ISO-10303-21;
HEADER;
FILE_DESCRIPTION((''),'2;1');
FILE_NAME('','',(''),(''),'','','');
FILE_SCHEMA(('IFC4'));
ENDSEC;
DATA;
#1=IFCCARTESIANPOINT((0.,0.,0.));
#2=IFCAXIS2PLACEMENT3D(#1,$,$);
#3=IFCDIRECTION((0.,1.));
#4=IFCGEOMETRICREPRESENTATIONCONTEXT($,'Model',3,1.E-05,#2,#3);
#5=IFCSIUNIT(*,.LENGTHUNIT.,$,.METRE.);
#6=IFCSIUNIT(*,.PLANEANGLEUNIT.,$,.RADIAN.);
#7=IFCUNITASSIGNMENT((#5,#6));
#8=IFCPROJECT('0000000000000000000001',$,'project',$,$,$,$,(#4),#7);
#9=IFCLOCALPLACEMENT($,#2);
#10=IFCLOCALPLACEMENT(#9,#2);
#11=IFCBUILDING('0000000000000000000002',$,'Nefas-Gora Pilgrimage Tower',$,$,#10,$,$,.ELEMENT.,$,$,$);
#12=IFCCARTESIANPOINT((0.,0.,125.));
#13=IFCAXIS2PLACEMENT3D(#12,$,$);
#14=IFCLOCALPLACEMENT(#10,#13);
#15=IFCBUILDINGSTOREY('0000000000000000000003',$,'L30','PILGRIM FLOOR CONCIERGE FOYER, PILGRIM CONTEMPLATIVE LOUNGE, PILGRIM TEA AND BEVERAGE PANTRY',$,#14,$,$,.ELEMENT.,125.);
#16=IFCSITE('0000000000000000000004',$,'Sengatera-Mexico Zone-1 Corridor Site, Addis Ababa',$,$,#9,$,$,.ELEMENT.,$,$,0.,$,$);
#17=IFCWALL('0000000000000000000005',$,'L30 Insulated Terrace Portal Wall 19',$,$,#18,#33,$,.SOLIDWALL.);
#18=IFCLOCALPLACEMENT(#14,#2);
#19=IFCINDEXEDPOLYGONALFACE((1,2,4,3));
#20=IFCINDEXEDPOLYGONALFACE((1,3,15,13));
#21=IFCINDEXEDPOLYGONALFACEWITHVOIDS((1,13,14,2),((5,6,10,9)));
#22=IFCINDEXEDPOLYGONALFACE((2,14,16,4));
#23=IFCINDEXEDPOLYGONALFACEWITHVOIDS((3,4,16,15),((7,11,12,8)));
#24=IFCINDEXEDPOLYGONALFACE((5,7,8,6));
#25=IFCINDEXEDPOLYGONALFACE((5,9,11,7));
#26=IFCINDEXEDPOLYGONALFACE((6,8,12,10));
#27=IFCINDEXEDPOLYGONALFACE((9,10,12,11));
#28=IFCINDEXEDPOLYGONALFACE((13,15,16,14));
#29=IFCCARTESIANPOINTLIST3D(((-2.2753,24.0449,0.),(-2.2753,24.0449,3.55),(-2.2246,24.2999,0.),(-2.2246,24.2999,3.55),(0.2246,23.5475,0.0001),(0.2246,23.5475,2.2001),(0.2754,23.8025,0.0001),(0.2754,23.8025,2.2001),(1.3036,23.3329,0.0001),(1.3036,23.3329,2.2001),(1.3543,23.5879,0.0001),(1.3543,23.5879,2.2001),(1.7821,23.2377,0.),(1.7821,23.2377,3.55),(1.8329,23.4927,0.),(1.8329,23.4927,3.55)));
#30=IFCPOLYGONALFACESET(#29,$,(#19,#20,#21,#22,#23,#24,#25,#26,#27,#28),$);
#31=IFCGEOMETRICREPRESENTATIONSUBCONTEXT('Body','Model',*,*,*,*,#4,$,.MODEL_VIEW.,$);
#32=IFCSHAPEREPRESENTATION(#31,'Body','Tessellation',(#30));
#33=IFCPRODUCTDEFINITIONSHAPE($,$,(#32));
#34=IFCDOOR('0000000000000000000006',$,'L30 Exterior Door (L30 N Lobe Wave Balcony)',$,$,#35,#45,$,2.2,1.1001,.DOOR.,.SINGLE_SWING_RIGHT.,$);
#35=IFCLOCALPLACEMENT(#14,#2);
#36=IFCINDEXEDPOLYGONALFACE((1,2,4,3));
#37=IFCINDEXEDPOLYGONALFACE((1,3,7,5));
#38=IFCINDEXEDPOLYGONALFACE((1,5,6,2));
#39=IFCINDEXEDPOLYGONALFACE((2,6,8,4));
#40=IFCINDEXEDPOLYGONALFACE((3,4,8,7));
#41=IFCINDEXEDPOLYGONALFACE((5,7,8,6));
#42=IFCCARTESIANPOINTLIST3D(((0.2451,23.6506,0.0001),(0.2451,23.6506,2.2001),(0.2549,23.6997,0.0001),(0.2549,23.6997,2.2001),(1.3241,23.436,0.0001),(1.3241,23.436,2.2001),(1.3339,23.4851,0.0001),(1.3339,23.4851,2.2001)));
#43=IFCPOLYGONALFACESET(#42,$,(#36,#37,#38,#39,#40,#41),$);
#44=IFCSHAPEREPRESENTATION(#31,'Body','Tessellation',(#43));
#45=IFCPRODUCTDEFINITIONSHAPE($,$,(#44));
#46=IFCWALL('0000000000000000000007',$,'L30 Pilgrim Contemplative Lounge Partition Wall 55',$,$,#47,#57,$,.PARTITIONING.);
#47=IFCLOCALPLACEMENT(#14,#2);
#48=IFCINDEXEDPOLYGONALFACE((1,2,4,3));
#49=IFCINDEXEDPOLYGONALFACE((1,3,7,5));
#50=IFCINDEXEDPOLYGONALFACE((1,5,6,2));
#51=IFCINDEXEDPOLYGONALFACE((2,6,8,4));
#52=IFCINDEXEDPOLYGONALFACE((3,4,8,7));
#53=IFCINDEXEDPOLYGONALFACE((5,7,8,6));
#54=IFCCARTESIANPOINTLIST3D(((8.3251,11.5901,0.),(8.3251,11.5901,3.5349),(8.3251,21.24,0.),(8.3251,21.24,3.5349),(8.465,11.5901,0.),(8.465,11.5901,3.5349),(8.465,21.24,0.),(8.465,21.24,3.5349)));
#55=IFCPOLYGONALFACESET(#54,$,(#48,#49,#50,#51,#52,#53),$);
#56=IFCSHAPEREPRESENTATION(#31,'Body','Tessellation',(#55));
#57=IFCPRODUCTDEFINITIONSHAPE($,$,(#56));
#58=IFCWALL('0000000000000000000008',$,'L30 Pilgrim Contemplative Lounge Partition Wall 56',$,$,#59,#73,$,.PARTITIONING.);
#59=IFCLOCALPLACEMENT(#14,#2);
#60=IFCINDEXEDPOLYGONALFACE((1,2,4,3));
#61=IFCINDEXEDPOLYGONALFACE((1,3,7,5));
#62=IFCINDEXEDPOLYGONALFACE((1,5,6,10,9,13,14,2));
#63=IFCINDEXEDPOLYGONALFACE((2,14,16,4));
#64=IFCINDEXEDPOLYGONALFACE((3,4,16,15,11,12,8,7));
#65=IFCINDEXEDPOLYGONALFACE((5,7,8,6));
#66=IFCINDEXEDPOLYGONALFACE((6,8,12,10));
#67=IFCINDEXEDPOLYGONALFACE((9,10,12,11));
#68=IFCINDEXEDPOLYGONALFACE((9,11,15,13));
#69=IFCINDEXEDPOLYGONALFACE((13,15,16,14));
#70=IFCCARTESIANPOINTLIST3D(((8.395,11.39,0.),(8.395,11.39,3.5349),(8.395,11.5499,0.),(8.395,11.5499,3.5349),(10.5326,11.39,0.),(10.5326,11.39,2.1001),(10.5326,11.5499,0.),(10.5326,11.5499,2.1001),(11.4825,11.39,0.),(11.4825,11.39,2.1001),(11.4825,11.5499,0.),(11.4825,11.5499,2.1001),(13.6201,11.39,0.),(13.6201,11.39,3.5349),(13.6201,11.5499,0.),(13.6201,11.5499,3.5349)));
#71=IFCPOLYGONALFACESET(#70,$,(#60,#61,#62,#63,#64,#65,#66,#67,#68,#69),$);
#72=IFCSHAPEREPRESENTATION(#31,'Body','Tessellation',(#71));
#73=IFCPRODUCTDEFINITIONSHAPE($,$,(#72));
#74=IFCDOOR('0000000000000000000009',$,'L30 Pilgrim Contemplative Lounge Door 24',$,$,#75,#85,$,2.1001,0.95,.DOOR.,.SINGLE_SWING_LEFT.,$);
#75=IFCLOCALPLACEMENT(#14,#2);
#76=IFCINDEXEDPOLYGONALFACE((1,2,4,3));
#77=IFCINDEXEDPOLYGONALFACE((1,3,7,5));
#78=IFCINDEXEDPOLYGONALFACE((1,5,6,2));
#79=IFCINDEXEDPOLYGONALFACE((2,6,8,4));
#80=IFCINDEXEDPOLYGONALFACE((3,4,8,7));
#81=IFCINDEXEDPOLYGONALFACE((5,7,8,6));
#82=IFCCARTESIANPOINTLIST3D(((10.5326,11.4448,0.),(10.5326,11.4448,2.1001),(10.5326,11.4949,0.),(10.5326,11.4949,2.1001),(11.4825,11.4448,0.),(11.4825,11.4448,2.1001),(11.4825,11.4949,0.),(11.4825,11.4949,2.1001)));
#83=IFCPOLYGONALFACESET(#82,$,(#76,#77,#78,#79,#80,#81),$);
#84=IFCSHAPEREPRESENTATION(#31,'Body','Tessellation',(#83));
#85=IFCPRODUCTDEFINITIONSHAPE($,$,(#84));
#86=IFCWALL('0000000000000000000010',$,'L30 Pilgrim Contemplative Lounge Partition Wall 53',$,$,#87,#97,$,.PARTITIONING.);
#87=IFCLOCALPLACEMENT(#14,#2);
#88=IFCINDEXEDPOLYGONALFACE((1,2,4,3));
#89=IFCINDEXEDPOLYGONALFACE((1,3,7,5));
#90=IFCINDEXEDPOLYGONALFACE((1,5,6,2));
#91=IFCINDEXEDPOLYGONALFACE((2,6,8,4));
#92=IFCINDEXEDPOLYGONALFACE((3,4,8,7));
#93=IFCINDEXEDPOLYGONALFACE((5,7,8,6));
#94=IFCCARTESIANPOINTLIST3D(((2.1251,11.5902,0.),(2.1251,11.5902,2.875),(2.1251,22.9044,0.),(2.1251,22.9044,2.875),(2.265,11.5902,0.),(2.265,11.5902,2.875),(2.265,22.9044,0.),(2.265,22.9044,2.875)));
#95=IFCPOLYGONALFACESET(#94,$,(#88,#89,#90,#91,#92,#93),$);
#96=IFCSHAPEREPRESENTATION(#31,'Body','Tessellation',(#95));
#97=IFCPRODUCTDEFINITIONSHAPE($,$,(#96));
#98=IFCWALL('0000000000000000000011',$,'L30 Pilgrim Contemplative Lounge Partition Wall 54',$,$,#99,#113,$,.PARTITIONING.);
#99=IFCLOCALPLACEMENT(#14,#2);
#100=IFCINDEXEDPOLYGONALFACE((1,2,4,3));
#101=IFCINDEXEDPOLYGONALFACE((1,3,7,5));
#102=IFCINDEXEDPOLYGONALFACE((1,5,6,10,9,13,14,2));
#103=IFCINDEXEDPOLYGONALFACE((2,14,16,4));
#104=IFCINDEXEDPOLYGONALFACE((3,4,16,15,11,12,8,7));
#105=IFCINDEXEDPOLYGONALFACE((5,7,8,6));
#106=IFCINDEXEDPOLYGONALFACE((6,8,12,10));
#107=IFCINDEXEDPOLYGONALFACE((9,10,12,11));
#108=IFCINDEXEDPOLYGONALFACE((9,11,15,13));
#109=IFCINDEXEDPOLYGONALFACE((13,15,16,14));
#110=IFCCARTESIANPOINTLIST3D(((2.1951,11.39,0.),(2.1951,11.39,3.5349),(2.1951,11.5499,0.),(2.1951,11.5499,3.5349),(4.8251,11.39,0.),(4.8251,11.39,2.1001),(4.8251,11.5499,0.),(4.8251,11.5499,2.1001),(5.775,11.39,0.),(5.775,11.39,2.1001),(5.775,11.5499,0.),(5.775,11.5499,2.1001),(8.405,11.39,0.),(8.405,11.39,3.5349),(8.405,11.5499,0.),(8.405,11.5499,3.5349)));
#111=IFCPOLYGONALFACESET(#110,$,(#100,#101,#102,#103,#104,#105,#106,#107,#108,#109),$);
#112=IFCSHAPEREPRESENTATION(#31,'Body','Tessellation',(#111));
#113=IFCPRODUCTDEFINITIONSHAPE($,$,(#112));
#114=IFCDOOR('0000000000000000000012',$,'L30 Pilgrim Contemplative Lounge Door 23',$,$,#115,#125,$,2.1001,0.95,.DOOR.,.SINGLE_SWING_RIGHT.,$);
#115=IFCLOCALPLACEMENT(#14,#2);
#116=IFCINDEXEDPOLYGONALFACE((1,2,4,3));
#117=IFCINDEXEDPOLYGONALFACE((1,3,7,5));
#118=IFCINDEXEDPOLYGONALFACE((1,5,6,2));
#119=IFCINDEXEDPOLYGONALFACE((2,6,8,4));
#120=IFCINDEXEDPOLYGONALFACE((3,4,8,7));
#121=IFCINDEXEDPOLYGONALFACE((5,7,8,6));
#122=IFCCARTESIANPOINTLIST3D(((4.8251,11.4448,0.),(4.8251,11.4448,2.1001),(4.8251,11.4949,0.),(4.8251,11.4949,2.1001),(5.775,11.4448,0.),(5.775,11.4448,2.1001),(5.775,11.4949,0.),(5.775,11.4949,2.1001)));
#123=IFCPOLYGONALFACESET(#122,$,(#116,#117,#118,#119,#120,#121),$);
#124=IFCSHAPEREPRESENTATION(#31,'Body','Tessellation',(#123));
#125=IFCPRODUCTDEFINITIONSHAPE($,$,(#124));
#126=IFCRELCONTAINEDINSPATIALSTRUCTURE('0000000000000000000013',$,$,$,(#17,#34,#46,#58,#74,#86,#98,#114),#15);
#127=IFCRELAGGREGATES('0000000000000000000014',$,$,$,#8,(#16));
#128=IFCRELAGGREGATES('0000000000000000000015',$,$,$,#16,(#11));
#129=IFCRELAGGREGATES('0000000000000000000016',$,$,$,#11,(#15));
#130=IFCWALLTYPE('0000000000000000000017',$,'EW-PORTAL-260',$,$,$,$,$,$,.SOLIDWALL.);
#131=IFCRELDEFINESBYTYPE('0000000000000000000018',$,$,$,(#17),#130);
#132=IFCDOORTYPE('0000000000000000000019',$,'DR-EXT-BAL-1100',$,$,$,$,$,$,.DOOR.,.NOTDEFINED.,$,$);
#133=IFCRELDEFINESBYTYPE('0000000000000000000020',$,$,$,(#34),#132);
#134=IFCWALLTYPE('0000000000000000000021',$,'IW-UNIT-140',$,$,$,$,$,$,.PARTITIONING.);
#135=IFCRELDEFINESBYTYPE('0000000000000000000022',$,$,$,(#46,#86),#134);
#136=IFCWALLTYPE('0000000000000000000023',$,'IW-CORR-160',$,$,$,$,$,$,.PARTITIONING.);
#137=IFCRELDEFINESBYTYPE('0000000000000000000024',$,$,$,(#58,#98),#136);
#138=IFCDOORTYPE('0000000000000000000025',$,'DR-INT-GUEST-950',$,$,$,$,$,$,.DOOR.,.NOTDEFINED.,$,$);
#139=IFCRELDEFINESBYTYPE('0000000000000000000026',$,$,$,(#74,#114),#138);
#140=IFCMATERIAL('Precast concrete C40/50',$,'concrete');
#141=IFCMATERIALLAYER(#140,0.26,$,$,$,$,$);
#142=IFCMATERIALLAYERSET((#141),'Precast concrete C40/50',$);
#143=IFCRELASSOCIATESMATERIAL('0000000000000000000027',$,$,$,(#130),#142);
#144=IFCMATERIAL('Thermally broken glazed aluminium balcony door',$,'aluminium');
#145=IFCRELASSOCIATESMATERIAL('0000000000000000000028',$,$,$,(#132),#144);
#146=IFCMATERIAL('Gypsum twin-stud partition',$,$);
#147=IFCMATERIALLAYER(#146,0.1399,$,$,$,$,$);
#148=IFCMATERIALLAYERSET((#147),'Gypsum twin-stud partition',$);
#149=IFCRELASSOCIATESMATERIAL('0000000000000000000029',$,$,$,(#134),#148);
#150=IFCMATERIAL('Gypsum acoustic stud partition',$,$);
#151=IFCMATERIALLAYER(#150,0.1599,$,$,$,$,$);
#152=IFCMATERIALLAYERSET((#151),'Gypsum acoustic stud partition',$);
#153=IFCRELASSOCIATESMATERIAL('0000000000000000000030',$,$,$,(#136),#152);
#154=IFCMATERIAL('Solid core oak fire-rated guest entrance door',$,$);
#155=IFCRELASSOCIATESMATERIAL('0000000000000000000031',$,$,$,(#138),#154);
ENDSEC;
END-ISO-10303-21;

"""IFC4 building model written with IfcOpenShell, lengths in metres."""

from ifc_helpers import new_model, si_unit, direction, frame, frame_2d, origin, place, context, subcontext, project, spatial, rectangle, extrude, source, transform, mapped, material, layer, layer_set, type_object, element, fill, save


model = new_model("IFC4")

# Units and contexts
model_context = context("Model", 3, precision=1e-05, world=origin(), true_north=direction((0.0, 1.0)))
body_context = subcontext(model_context, "Body", "Model", "MODEL_VIEW")
ifc_project = project(units=[si_unit("LENGTHUNIT", "METRE"), si_unit("PLANEANGLEUNIT", "RADIAN")], contexts=[model_context])

# Site, building, storey
site_placement = place(None, origin())
site = spatial("IfcSite", under=ifc_project, at=site_placement, Name="Sengatera-Mexico Zone-1 Corridor Site, Addis Ababa", CompositionType="ELEMENT", RefElevation=0.0)
building_placement = place(site_placement, origin())
building = spatial("IfcBuilding", under=site, at=building_placement, Name="Nefas-Gora Pilgrimage Tower", CompositionType="ELEMENT")
storey_placement = place(building_placement, frame((0.0, 0.0, 125.0)))
storey = spatial("IfcBuildingStorey", under=building, at=storey_placement, Name="L30", Description="PILGRIM FLOOR CONCIERGE FOYER, PILGRIM CONTEMPLATIVE LOUNGE, PILGRIM TEA AND BEVERAGE PANTRY", CompositionType="ELEMENT", Elevation=125.0)

# Shared definitions
ifc_material_1 = material(Name="Precast concrete C40/50", Category="concrete")
ifc_layer_1 = layer(ifc_material_1, 0.26)
ifc_layer_set_1 = layer_set([ifc_layer_1], Name="Precast concrete C40/50")
wall_type_1 = type_object("IfcWallType", Name="EW-PORTAL-260", PredefinedType="SOLIDWALL", material=ifc_layer_set_1)

# Wall, opening, door
shared_shape_1 = source(origin(), body_context, "Body", "SweptSolid", [
    extrude(rectangle(XDim=4.137, YDim=0.26, at=frame_2d((2.0684, 0.0))), origin(), (0.0, 0.0, 1.0), 3.55),
])
wall_1_placement = place(storey_placement, frame((1.8074, 23.3652, 0.0), z_axis=(0.0, 0.0, 1.0), x_axis=(-0.980782, 0.195106, 0.0)))
wall_1 = element("IfcWall", 1, at=wall_1_placement, inside=storey, type_object=wall_type_1, Name="L30 Insulated Terrace Portal Wall 19", PredefinedType="SOLIDWALL", context=body_context, shape_type="MappedRepresentation", body=[
    mapped(shared_shape_1, transform((0.0, 0.0, 0.0), x_axis=(1.0, 0.0, 0.0), y_axis=(0.0, 1.0, 0.0), z_axis=(0.0, 0.0, 1.0), scale=1.0)),
])
opening_1_placement = place(wall_1_placement, frame((0.4878, 0.0, 0.0)))
opening_1 = element("IfcOpeningElement", 2, at=opening_1_placement, cuts=wall_1, PredefinedType="OPENING", context=body_context, shape_type="SweptSolid", body=[
    extrude(rectangle(XDim=1.1001, YDim=2.2, at=frame_2d((0.55, 1.1001))), frame((0.0, 0.1399, 0.0), z_axis=(0.0, -1.0, 0.0), x_axis=(1.0, 0.0, 0.0)), (0.0, 0.0, 1.0), 0.28),
])
ifc_material_2 = material(Name="Thermally broken glazed aluminium balcony door", Category="aluminium")
door_type_1 = type_object("IfcDoorType", Name="DR-EXT-BAL-1100", OperationType="NOTDEFINED", PredefinedType="DOOR", material=ifc_material_2)
shared_shape_2 = source(origin(), body_context, "Body", "SweptSolid", [
    extrude(rectangle(XDim=1.1001, YDim=2.2, at=frame_2d((0.55, 1.1001))), frame((0.0, 0.0249, 0.0), z_axis=(0.0, -1.0, 0.0), x_axis=(1.0, 0.0, 0.0)), (0.0, 0.0, 1.0), 0.05),
])
door_1_placement = place(opening_1_placement, origin())
door_1 = element("IfcDoor", 3, at=door_1_placement, inside=storey, type_object=door_type_1, Name="L30 Exterior Door (L30 N Lobe Wave Balcony)", OperationType="SINGLE_SWING_RIGHT", OverallHeight=2.2, OverallWidth=1.1001, PredefinedType="DOOR", context=body_context, shape_type="MappedRepresentation", body=[
    mapped(shared_shape_2, transform((0.0, 0.0, 0.0), x_axis=(1.0, 0.0, 0.0), y_axis=(0.0, 1.0, 0.0), z_axis=(0.0, 0.0, 1.0), scale=1.0)),
])
fill(opening_1, door_1)

# Wall
ifc_material_3 = material(Name="Gypsum twin-stud partition")
ifc_layer_2 = layer(ifc_material_3, 0.1399)
ifc_layer_set_2 = layer_set([ifc_layer_2], Name="Gypsum twin-stud partition")
wall_type_2 = type_object("IfcWallType", Name="IW-UNIT-140", PredefinedType="PARTITIONING", material=ifc_layer_set_2)
shared_shape_3 = source(origin(), body_context, "Body", "SweptSolid", [
    extrude(rectangle(XDim=9.6499, YDim=0.1399, at=frame_2d((4.825, 0.0))), origin(), (0.0, 0.0, 1.0), 3.5349),
])
wall_2_placement = place(storey_placement, frame((8.395, 11.5901, 0.0), z_axis=(0.0, 0.0, 1.0), x_axis=(0.0, 1.0, 0.0)))
element("IfcWall", 4, at=wall_2_placement, inside=storey, type_object=wall_type_2, Name="L30 Pilgrim Contemplative Lounge Partition Wall 55", PredefinedType="PARTITIONING", context=body_context, shape_type="MappedRepresentation", body=[
    mapped(shared_shape_3, transform((0.0, 0.0, 0.0), x_axis=(1.0, 0.0, 0.0), y_axis=(0.0, 1.0, 0.0), z_axis=(0.0, 0.0, 1.0), scale=1.0)),
])

# Wall, opening, door
ifc_material_4 = material(Name="Gypsum acoustic stud partition")
ifc_layer_3 = layer(ifc_material_4, 0.1599)
ifc_layer_set_3 = layer_set([ifc_layer_3], Name="Gypsum acoustic stud partition")
wall_type_3 = type_object("IfcWallType", Name="IW-CORR-160", PredefinedType="PARTITIONING", material=ifc_layer_set_3)
shared_shape_4 = source(origin(), body_context, "Body", "SweptSolid", [
    extrude(rectangle(XDim=5.2251, YDim=0.1599, at=frame_2d((2.6125, 0.0))), origin(), (0.0, 0.0, 1.0), 3.5349),
])
wall_3_placement = place(storey_placement, frame((8.395, 11.47, 0.0), z_axis=(0.0, 0.0, 1.0), x_axis=(1.0, 0.0, 0.0)))
wall_3 = element("IfcWall", 5, at=wall_3_placement, inside=storey, type_object=wall_type_3, Name="L30 Pilgrim Contemplative Lounge Partition Wall 56", PredefinedType="PARTITIONING", context=body_context, shape_type="MappedRepresentation", body=[
    mapped(shared_shape_4, transform((0.0, 0.0, 0.0), x_axis=(1.0, 0.0, 0.0), y_axis=(0.0, 1.0, 0.0), z_axis=(0.0, 0.0, 1.0), scale=1.0)),
])
opening_2_placement = place(wall_3_placement, frame((2.1375, 0.0, 0.0)))
opening_2 = element("IfcOpeningElement", 6, at=opening_2_placement, cuts=wall_3, PredefinedType="OPENING", context=body_context, shape_type="SweptSolid", body=[
    extrude(rectangle(XDim=0.95, YDim=2.1001, at=frame_2d((0.4751, 1.05))), frame((0.0, 0.0898, 0.0), z_axis=(0.0, -1.0, 0.0), x_axis=(1.0, 0.0, 0.0)), (0.0, 0.0, 1.0), 0.1799),
])
ifc_material_5 = material(Name="Solid core oak fire-rated guest entrance door")
door_type_2 = type_object("IfcDoorType", Name="DR-INT-GUEST-950", OperationType="NOTDEFINED", PredefinedType="DOOR", material=ifc_material_5)
shared_shape_5 = source(origin(), body_context, "Body", "SweptSolid", [
    extrude(rectangle(XDim=0.95, YDim=2.1001, at=frame_2d((0.4751, 1.05))), frame((0.0, 0.0249, 0.0), z_axis=(0.0, -1.0, 0.0), x_axis=(1.0, 0.0, 0.0)), (0.0, 0.0, 1.0), 0.05),
])
door_2_placement = place(opening_2_placement, origin())
door_2 = element("IfcDoor", 7, at=door_2_placement, inside=storey, type_object=door_type_2, Name="L30 Pilgrim Contemplative Lounge Door 24", OperationType="SINGLE_SWING_LEFT", OverallHeight=2.1001, OverallWidth=0.95, PredefinedType="DOOR", context=body_context, shape_type="MappedRepresentation", body=[
    mapped(shared_shape_5, transform((0.0, 0.0, 0.0), x_axis=(1.0, 0.0, 0.0), y_axis=(0.0, 1.0, 0.0), z_axis=(0.0, 0.0, 1.0), scale=1.0)),
])
fill(opening_2, door_2)

# Wall
shared_shape_6 = source(origin(), body_context, "Body", "SweptSolid", [
    extrude(rectangle(XDim=11.3142, YDim=0.1399, at=frame_2d((5.6572, 0.0))), origin(), (0.0, 0.0, 1.0), 2.875),
])
wall_4_placement = place(storey_placement, frame((2.1951, 11.5901, 0.0), z_axis=(0.0, 0.0, 1.0), x_axis=(0.0, 1.0, 0.0)))
element("IfcWall", 8, at=wall_4_placement, inside=storey, type_object=wall_type_2, Name="L30 Pilgrim Contemplative Lounge Partition Wall 53", PredefinedType="PARTITIONING", context=body_context, shape_type="MappedRepresentation", body=[
    mapped(shared_shape_6, transform((0.0, 0.0, 0.0), x_axis=(1.0, 0.0, 0.0), y_axis=(0.0, 1.0, 0.0), z_axis=(0.0, 0.0, 1.0), scale=1.0)),
])

# Wall, opening, door
shared_shape_7 = source(origin(), body_context, "Body", "SweptSolid", [
    extrude(rectangle(XDim=6.21, YDim=0.1599, at=frame_2d((3.105, 0.0))), origin(), (0.0, 0.0, 1.0), 3.5349),
])
wall_5_placement = place(storey_placement, frame((2.1951, 11.47, 0.0), z_axis=(0.0, 0.0, 1.0), x_axis=(1.0, 0.0, 0.0)))
wall_5 = element("IfcWall", 9, at=wall_5_placement, inside=storey, type_object=wall_type_3, Name="L30 Pilgrim Contemplative Lounge Partition Wall 54", PredefinedType="PARTITIONING", context=body_context, shape_type="MappedRepresentation", body=[
    mapped(shared_shape_7, transform((0.0, 0.0, 0.0), x_axis=(1.0, 0.0, 0.0), y_axis=(0.0, 1.0, 0.0), z_axis=(0.0, 0.0, 1.0), scale=1.0)),
])
opening_3_placement = place(wall_5_placement, frame((2.6299, 0.0, 0.0)))
opening_3 = element("IfcOpeningElement", 10, at=opening_3_placement, cuts=wall_5, PredefinedType="OPENING", context=body_context, shape_type="SweptSolid", body=[
    extrude(rectangle(XDim=0.95, YDim=2.1001, at=frame_2d((0.4751, 1.05))), frame((0.0, 0.0898, 0.0), z_axis=(0.0, -1.0, 0.0), x_axis=(1.0, 0.0, 0.0)), (0.0, 0.0, 1.0), 0.1799),
])
door_3_placement = place(opening_3_placement, origin())
door_3 = element("IfcDoor", 11, at=door_3_placement, inside=storey, type_object=door_type_2, Name="L30 Pilgrim Contemplative Lounge Door 23", OperationType="SINGLE_SWING_RIGHT", OverallHeight=2.1001, OverallWidth=0.95, PredefinedType="DOOR", context=body_context, shape_type="MappedRepresentation", body=[
    mapped(shared_shape_5, transform((0.0, 0.0, 0.0), x_axis=(1.0, 0.0, 0.0), y_axis=(0.0, 1.0, 0.0), z_axis=(0.0, 0.0, 1.0), scale=1.0)),
])
fill(opening_3, door_3)

save(model, "model.ifc")
